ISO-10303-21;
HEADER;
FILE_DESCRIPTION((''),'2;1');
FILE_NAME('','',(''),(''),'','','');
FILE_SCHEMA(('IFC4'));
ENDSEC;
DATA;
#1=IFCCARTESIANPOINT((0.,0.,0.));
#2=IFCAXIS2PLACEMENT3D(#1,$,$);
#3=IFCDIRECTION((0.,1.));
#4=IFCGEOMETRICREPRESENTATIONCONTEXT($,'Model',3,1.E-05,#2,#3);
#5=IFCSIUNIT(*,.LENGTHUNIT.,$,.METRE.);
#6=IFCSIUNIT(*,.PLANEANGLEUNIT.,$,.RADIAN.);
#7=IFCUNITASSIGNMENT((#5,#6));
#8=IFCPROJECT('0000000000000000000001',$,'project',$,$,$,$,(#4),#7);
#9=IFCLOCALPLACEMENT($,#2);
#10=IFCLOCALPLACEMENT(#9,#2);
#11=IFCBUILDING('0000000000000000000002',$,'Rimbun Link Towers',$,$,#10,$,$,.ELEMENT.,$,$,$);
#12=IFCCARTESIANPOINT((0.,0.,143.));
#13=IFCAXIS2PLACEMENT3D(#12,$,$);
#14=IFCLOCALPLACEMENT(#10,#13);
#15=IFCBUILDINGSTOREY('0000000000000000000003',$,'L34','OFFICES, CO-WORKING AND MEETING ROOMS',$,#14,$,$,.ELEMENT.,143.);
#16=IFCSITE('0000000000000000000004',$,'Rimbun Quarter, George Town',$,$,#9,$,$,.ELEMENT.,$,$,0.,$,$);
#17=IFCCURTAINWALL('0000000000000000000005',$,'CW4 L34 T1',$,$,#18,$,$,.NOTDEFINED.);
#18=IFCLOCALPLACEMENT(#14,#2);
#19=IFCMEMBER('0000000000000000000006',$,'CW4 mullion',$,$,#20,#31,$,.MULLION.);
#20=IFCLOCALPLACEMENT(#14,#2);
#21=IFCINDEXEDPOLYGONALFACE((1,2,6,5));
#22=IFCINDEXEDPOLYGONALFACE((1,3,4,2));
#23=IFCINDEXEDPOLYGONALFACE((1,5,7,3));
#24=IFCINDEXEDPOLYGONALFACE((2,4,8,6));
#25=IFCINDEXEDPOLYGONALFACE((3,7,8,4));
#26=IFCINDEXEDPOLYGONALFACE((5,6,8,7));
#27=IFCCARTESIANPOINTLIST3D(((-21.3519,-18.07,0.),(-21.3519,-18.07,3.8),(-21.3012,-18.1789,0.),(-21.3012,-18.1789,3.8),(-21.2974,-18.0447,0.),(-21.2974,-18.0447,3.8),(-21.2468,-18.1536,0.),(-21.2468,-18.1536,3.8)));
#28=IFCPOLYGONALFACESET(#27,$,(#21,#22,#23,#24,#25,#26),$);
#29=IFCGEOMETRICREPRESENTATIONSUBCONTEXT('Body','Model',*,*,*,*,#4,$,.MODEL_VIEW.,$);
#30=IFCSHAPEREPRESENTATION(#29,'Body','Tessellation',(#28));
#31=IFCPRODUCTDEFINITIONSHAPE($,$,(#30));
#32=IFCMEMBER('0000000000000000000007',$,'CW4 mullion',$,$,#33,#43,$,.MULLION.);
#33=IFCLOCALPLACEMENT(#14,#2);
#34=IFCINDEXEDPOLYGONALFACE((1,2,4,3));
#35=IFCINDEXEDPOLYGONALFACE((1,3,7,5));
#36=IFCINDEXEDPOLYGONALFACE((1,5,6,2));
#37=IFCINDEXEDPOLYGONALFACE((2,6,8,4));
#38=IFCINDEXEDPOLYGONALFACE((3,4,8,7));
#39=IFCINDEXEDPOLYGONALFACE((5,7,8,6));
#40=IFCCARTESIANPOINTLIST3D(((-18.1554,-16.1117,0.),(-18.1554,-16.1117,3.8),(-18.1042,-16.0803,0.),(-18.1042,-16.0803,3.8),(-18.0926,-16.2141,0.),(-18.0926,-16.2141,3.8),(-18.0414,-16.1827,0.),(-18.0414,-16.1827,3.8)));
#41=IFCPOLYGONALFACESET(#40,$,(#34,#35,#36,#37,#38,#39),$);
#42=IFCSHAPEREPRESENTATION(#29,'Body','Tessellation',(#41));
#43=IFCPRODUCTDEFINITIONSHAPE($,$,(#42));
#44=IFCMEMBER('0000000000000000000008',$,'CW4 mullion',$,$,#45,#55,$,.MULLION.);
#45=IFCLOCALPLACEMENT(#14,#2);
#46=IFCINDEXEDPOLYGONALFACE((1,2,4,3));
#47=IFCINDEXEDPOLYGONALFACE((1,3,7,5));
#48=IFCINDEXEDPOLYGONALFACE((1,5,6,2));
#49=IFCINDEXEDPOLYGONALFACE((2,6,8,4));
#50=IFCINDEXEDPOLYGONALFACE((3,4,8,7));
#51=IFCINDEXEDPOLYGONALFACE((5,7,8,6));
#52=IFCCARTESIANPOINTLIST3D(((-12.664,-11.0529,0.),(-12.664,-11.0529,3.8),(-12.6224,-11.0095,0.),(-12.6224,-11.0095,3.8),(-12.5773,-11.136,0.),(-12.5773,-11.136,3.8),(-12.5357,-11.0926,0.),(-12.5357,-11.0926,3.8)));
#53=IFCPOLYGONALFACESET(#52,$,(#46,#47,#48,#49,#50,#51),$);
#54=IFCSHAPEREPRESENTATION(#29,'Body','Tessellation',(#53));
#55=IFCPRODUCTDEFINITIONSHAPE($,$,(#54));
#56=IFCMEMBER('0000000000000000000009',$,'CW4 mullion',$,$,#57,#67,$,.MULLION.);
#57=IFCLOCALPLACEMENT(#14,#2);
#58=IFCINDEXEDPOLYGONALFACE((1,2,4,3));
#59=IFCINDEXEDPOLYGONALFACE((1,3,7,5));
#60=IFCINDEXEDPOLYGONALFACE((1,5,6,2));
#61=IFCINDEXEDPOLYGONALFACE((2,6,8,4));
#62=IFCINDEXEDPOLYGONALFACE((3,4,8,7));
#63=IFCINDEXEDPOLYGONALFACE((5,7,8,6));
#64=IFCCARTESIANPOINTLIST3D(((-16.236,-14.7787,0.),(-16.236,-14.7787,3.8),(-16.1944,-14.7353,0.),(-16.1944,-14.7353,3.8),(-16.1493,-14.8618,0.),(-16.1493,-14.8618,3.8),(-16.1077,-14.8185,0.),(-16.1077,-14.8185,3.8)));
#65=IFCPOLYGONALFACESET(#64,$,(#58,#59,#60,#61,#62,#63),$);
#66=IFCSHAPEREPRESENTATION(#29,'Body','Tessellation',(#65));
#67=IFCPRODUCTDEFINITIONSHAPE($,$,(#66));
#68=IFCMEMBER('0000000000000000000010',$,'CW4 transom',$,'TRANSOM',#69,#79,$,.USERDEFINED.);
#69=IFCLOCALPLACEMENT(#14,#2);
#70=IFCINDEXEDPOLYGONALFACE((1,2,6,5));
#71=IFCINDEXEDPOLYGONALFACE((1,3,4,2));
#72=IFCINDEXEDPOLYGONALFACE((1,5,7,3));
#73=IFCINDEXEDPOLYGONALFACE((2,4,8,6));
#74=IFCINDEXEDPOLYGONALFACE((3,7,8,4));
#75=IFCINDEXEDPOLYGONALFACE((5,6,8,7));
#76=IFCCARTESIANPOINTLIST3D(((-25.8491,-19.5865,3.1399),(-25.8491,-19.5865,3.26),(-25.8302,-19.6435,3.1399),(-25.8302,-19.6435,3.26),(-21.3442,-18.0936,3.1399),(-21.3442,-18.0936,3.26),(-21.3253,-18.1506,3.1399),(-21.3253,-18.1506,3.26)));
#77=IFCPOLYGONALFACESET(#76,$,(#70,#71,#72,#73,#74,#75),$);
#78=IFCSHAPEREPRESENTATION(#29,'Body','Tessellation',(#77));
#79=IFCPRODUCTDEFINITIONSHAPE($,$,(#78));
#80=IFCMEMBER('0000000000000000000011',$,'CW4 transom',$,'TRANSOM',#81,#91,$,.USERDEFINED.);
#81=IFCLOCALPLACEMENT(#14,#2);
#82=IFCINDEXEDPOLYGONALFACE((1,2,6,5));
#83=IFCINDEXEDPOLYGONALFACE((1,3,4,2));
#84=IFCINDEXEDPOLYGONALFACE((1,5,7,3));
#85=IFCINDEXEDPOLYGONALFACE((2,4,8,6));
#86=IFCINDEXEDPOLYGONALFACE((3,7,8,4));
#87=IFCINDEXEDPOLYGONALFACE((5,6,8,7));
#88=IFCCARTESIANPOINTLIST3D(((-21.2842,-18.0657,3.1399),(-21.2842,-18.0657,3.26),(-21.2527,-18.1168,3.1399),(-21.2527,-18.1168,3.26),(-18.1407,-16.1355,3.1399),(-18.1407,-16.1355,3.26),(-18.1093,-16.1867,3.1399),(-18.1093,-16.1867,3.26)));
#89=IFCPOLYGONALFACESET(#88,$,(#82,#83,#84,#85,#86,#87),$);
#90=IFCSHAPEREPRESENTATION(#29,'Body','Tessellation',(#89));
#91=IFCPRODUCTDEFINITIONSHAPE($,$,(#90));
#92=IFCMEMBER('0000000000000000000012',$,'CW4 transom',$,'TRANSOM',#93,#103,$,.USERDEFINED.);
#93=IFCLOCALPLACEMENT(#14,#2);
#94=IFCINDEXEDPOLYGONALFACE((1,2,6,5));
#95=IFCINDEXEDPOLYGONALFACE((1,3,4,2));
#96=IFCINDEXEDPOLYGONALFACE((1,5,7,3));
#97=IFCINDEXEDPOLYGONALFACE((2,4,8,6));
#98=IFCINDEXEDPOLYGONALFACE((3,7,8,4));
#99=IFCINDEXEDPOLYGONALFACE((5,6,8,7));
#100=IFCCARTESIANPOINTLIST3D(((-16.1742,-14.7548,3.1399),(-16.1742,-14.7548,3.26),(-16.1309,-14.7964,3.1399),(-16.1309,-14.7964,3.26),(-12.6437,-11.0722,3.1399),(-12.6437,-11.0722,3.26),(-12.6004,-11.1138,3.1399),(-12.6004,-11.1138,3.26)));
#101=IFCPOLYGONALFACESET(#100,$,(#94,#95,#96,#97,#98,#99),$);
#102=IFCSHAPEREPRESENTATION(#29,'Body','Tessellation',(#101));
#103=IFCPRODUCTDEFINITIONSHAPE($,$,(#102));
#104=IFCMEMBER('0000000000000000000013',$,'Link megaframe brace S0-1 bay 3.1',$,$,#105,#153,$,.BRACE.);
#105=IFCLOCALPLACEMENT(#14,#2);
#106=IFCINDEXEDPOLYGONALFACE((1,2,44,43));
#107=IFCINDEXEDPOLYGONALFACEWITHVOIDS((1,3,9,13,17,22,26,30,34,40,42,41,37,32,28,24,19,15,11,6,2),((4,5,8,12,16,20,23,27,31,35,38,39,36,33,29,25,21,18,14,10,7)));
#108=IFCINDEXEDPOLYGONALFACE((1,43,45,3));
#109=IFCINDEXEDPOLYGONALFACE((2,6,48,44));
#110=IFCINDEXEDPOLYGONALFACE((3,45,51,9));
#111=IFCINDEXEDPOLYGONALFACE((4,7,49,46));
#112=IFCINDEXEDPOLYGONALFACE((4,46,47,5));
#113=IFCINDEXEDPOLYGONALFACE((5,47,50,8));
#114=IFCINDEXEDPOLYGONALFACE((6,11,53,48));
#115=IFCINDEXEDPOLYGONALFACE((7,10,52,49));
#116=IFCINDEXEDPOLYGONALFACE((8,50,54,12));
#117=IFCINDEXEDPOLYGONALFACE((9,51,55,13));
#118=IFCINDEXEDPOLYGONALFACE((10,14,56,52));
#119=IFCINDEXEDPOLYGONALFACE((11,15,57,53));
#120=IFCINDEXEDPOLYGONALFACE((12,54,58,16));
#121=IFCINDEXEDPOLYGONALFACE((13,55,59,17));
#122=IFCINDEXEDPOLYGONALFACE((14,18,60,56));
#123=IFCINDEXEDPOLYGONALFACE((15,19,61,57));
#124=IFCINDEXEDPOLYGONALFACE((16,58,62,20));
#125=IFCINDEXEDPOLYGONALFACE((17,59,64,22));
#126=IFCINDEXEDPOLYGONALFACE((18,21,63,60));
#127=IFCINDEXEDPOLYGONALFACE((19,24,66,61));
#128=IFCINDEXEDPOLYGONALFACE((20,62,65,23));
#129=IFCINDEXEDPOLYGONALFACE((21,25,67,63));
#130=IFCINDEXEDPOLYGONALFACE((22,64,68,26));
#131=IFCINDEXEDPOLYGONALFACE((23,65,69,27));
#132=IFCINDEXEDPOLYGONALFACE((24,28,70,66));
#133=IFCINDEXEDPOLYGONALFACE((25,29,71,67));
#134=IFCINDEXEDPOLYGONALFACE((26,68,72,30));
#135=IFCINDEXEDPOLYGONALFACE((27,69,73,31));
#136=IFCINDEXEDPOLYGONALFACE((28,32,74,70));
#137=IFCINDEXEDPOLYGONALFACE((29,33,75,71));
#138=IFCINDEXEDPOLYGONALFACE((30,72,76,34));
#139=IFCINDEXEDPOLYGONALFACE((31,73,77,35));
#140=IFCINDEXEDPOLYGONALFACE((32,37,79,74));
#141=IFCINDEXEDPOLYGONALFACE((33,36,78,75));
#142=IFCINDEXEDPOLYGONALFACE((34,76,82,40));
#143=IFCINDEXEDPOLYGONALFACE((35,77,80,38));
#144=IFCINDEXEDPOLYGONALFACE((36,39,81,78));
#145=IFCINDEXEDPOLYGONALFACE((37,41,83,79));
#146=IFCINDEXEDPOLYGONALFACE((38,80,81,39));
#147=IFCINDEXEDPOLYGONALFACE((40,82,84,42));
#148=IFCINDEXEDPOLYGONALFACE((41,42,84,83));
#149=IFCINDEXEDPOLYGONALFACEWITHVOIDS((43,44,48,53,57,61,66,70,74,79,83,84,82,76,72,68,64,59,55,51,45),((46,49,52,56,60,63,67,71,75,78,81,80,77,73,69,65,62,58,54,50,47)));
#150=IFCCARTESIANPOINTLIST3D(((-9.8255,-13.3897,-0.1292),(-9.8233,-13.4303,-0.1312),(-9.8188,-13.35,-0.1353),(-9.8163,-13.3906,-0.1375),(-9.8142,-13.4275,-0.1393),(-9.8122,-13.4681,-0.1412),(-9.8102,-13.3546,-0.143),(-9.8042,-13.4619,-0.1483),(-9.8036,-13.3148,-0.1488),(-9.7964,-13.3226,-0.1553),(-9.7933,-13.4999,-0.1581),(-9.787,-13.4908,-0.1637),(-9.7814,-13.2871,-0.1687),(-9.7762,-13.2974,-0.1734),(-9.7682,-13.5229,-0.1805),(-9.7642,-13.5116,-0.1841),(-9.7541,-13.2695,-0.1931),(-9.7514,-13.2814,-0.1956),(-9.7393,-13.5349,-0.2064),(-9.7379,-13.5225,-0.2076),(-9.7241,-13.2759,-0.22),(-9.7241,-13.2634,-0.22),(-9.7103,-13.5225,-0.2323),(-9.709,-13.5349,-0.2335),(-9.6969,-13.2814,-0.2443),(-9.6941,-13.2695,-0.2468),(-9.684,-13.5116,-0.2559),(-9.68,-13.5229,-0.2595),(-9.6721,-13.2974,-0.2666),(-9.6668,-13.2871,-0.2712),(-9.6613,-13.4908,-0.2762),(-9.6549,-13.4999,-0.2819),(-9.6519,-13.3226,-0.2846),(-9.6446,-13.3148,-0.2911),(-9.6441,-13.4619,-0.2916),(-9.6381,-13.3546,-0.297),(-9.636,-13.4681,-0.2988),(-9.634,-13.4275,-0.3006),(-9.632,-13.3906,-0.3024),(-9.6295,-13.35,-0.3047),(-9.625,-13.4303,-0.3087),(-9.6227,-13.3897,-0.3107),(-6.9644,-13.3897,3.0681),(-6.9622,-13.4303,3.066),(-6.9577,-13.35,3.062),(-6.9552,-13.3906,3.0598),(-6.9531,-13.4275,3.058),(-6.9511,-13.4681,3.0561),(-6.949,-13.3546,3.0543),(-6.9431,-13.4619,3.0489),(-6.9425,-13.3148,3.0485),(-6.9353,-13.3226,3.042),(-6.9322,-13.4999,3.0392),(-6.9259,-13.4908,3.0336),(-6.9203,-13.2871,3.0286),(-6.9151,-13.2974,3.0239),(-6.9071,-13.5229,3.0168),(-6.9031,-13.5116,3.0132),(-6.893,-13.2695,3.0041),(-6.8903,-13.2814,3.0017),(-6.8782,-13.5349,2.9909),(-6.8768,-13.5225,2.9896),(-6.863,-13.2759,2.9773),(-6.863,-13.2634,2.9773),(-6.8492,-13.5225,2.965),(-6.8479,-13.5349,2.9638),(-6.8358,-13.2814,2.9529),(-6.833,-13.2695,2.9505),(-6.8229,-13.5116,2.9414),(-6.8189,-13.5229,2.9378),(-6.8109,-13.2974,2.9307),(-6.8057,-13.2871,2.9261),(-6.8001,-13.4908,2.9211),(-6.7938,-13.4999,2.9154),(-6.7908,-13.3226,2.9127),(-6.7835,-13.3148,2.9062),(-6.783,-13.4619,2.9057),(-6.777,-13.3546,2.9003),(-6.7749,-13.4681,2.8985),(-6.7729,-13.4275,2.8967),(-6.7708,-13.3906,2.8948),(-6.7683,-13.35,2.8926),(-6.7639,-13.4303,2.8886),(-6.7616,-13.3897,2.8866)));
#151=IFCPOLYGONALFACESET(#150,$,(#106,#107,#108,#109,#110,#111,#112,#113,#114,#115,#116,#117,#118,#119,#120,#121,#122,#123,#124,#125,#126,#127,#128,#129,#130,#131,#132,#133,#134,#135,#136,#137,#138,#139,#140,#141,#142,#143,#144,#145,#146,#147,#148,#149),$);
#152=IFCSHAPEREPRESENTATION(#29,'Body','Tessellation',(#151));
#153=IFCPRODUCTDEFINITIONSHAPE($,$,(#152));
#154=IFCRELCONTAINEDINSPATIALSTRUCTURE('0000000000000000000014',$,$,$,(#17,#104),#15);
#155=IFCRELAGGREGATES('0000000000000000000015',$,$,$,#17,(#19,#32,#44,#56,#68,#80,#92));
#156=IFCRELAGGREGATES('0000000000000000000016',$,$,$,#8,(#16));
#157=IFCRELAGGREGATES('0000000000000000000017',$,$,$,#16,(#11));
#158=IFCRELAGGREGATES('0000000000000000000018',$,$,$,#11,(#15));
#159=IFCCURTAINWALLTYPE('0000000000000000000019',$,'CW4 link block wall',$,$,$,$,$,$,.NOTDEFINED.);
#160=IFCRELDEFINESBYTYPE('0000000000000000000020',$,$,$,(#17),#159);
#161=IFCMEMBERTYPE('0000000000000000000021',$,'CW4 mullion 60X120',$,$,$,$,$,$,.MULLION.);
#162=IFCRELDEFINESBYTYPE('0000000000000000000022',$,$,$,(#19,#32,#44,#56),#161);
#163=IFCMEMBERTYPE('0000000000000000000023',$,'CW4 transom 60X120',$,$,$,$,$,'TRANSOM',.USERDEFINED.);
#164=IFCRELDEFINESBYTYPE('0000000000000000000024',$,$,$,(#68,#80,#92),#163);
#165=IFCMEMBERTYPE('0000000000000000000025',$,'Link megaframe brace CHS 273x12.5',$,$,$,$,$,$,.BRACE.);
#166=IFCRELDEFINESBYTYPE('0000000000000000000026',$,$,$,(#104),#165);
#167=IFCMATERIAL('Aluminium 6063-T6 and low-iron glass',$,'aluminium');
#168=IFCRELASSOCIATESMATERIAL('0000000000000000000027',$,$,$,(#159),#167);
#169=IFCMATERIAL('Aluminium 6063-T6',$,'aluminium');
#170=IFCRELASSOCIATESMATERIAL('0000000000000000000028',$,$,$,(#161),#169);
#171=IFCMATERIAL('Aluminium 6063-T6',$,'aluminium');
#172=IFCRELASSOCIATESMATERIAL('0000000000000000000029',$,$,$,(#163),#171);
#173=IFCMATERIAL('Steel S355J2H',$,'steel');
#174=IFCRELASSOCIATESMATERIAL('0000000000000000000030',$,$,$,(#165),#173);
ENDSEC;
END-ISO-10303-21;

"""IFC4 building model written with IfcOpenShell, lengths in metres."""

from ifc_helpers import new_model, si_unit, direction, frame, origin, origin_2d, place, context, subcontext, project, spatial, rectangle, hollow_circle, extrude, material, material_profile, profile_set, type_object, element, aggregate, save


model = new_model("IFC4")

# Units and contexts
model_context = context("Model", 3, precision=1e-05, world=origin(), true_north=direction((0.0, 1.0)))
body_context = subcontext(model_context, "Body", "Model", "MODEL_VIEW")
ifc_project = project(units=[si_unit("LENGTHUNIT", "METRE"), si_unit("PLANEANGLEUNIT", "RADIAN")], contexts=[model_context])

# Site, building, storey
site_placement = place(None, origin())
site = spatial("IfcSite", under=ifc_project, at=site_placement, Name="Rimbun Quarter, George Town", CompositionType="ELEMENT", RefElevation=0.0)
building_placement = place(site_placement, origin())
building = spatial("IfcBuilding", under=site, at=building_placement, Name="Rimbun Link Towers", CompositionType="ELEMENT")
storey_placement = place(building_placement, frame((0.0, 0.0, 143.0)))
storey = spatial("IfcBuildingStorey", under=building, at=storey_placement, Name="L34", Description="OFFICES, CO-WORKING AND MEETING ROOMS", CompositionType="ELEMENT", Elevation=143.0)

# Curtain wall, members
ifc_material_1 = material(Name="Aluminium 6063-T6 and low-iron glass", Category="aluminium")
curtain_wall_type = type_object("IfcCurtainWallType", Name="CW4 link block wall", PredefinedType="NOTDEFINED", material=ifc_material_1)
curtain_wall_placement = place(storey_placement, origin())
curtain_wall = element("IfcCurtainWall", 1, at=curtain_wall_placement, inside=storey, type_object=curtain_wall_type, Name="CW4 L34 T1", PredefinedType="NOTDEFINED")
ifc_material_2 = material(Name="Aluminium 6063-T6", Category="aluminium")
ifc_material_profile_1 = material_profile(ifc_material_2, rectangle(XDim=0.1201, YDim=0.0601, at=origin_2d()), Name="MULLION 60X120")
ifc_profile_set_1 = profile_set([ifc_material_profile_1], Name="Aluminium 6063-T6")
member_type_1 = type_object("IfcMemberType", Name="CW4 mullion 60X120", PredefinedType="MULLION", material=ifc_profile_set_1)
member_1_placement = place(storey_placement, frame((-21.2993, -18.1118, 0.0), z_axis=(0.0, 0.0, 1.0), x_axis=(0.421697, -0.906737, 0.0)))
member_1 = element("IfcMember", 2, at=member_1_placement, type_object=member_type_1, Name="CW4 mullion", PredefinedType="MULLION", context=body_context, shape_type="SweptSolid", body=[
    extrude(rectangle(XDim=0.1201, YDim=0.0601, at=origin_2d()), origin(), (0.0, 0.0, 1.0), 3.8),
])
member_2_placement = place(storey_placement, frame((-18.0984, -16.1472, 0.0), z_axis=(0.0, 0.0, 1.0), x_axis=(0.523225, -0.852194, 0.0)))
member_2 = element("IfcMember", 3, at=member_2_placement, type_object=member_type_1, Name="CW4 mullion", PredefinedType="MULLION", context=body_context, shape_type="SweptSolid", body=[
    extrude(rectangle(XDim=0.1201, YDim=0.0601, at=origin_2d()), origin(), (0.0, 0.0, 1.0), 3.8),
])
member_3_placement = place(storey_placement, frame((-12.5999, -11.0728, 0.0), z_axis=(0.0, 0.0, 1.0), x_axis=(0.721858, -0.692041, 0.0)))
member_3 = element("IfcMember", 4, at=member_3_placement, type_object=member_type_1, Name="CW4 mullion", PredefinedType="MULLION", context=body_context, shape_type="SweptSolid", body=[
    extrude(rectangle(XDim=0.1201, YDim=0.0601, at=origin_2d()), origin(), (0.0, 0.0, 1.0), 3.8),
])
member_4_placement = place(storey_placement, frame((-16.1719, -14.7986, 0.0), z_axis=(0.0, 0.0, 1.0), x_axis=(0.721858, -0.692041, 0.0)))
member_4 = element("IfcMember", 5, at=member_4_placement, type_object=member_type_1, Name="CW4 mullion", PredefinedType="MULLION", context=body_context, shape_type="SweptSolid", body=[
    extrude(rectangle(XDim=0.1201, YDim=0.0601, at=origin_2d()), origin(), (0.0, 0.0, 1.0), 3.8),
])
ifc_material_3 = material(Name="Aluminium 6063-T6", Category="aluminium")
ifc_material_profile_2 = material_profile(ifc_material_3, rectangle(XDim=0.0601, YDim=0.1201, at=origin_2d()), Name="TRANSOM 60X120")
ifc_profile_set_2 = profile_set([ifc_material_profile_2], Name="Aluminium 6063-T6")
member_type_2 = type_object("IfcMemberType", Name="CW4 transom 60X120", ElementType="TRANSOM", PredefinedType="USERDEFINED", material=ifc_profile_set_2)
member_5_placement = place(storey_placement, frame((-21.3347, -18.1221, 3.2), z_axis=(-0.949232, -0.314576, 0.0), x_axis=(0.314576, -0.949232, 0.0)))
member_5 = element("IfcMember", 6, at=member_5_placement, type_object=member_type_2, Name="CW4 transom", ObjectType="TRANSOM", PredefinedType="USERDEFINED", context=body_context, shape_type="SweptSolid", body=[
    extrude(rectangle(XDim=0.0601, YDim=0.1201, at=origin_2d()), origin(), (0.0, 0.0, 1.0), 4.7458),
])
member_6_placement = place(storey_placement, frame((-18.125, -16.1611, 3.2), z_axis=(-0.852181, -0.523248, 0.0), x_axis=(0.523248, -0.852181, 0.0)))
member_6 = element("IfcMember", 7, at=member_6_placement, type_object=member_type_2, Name="CW4 transom", ObjectType="TRANSOM", PredefinedType="USERDEFINED", context=body_context, shape_type="SweptSolid", body=[
    extrude(rectangle(XDim=0.0601, YDim=0.1201, at=origin_2d()), origin(), (0.0, 0.0, 1.0), 3.6887),
])
member_7_placement = place(storey_placement, frame((-12.6221, -11.093, 3.2), z_axis=(-0.692043, -0.721857, 0.0), x_axis=(0.721857, -0.692043, 0.0)))
member_7 = element("IfcMember", 8, at=member_7_placement, type_object=member_type_2, Name="CW4 transom", ObjectType="TRANSOM", PredefinedType="USERDEFINED", context=body_context, shape_type="SweptSolid", body=[
    extrude(rectangle(XDim=0.0601, YDim=0.1201, at=origin_2d()), origin(), (0.0, 0.0, 1.0), 5.1016),
])

# Member
ifc_material_4 = material(Name="Steel S355J2H", Category="steel")
ifc_material_profile_3 = material_profile(ifc_material_4, hollow_circle(Radius=0.1365, WallThickness=0.0125, at=origin_2d()), Name="CHS 273x12.5")
ifc_profile_set_3 = profile_set([ifc_material_profile_3], Name="Steel S355J2H")
member_type_3 = type_object("IfcMemberType", Name="Link megaframe brace CHS 273x12.5", PredefinedType="BRACE", material=ifc_profile_set_3)
member_8_placement = place(storey_placement, frame((-9.7241, -13.3999, -0.22), z_axis=(0.666843, 0.0, 0.745198), x_axis=(0.0, 1.0, 0.0)))
element("IfcMember", 9, at=member_8_placement, inside=storey, type_object=member_type_3, Name="Link megaframe brace S0-1 bay 3.1", PredefinedType="BRACE", context=body_context, shape_type="SweptSolid", body=[
    extrude(hollow_circle(Radius=0.1365, WallThickness=0.0125, at=origin_2d()), origin(), (0.0, 0.0, 1.0), 4.2905),
])

aggregate(curtain_wall, [member_1, member_2, member_3, member_4, member_5, member_6, member_7])

save(model, "model.ifc")
